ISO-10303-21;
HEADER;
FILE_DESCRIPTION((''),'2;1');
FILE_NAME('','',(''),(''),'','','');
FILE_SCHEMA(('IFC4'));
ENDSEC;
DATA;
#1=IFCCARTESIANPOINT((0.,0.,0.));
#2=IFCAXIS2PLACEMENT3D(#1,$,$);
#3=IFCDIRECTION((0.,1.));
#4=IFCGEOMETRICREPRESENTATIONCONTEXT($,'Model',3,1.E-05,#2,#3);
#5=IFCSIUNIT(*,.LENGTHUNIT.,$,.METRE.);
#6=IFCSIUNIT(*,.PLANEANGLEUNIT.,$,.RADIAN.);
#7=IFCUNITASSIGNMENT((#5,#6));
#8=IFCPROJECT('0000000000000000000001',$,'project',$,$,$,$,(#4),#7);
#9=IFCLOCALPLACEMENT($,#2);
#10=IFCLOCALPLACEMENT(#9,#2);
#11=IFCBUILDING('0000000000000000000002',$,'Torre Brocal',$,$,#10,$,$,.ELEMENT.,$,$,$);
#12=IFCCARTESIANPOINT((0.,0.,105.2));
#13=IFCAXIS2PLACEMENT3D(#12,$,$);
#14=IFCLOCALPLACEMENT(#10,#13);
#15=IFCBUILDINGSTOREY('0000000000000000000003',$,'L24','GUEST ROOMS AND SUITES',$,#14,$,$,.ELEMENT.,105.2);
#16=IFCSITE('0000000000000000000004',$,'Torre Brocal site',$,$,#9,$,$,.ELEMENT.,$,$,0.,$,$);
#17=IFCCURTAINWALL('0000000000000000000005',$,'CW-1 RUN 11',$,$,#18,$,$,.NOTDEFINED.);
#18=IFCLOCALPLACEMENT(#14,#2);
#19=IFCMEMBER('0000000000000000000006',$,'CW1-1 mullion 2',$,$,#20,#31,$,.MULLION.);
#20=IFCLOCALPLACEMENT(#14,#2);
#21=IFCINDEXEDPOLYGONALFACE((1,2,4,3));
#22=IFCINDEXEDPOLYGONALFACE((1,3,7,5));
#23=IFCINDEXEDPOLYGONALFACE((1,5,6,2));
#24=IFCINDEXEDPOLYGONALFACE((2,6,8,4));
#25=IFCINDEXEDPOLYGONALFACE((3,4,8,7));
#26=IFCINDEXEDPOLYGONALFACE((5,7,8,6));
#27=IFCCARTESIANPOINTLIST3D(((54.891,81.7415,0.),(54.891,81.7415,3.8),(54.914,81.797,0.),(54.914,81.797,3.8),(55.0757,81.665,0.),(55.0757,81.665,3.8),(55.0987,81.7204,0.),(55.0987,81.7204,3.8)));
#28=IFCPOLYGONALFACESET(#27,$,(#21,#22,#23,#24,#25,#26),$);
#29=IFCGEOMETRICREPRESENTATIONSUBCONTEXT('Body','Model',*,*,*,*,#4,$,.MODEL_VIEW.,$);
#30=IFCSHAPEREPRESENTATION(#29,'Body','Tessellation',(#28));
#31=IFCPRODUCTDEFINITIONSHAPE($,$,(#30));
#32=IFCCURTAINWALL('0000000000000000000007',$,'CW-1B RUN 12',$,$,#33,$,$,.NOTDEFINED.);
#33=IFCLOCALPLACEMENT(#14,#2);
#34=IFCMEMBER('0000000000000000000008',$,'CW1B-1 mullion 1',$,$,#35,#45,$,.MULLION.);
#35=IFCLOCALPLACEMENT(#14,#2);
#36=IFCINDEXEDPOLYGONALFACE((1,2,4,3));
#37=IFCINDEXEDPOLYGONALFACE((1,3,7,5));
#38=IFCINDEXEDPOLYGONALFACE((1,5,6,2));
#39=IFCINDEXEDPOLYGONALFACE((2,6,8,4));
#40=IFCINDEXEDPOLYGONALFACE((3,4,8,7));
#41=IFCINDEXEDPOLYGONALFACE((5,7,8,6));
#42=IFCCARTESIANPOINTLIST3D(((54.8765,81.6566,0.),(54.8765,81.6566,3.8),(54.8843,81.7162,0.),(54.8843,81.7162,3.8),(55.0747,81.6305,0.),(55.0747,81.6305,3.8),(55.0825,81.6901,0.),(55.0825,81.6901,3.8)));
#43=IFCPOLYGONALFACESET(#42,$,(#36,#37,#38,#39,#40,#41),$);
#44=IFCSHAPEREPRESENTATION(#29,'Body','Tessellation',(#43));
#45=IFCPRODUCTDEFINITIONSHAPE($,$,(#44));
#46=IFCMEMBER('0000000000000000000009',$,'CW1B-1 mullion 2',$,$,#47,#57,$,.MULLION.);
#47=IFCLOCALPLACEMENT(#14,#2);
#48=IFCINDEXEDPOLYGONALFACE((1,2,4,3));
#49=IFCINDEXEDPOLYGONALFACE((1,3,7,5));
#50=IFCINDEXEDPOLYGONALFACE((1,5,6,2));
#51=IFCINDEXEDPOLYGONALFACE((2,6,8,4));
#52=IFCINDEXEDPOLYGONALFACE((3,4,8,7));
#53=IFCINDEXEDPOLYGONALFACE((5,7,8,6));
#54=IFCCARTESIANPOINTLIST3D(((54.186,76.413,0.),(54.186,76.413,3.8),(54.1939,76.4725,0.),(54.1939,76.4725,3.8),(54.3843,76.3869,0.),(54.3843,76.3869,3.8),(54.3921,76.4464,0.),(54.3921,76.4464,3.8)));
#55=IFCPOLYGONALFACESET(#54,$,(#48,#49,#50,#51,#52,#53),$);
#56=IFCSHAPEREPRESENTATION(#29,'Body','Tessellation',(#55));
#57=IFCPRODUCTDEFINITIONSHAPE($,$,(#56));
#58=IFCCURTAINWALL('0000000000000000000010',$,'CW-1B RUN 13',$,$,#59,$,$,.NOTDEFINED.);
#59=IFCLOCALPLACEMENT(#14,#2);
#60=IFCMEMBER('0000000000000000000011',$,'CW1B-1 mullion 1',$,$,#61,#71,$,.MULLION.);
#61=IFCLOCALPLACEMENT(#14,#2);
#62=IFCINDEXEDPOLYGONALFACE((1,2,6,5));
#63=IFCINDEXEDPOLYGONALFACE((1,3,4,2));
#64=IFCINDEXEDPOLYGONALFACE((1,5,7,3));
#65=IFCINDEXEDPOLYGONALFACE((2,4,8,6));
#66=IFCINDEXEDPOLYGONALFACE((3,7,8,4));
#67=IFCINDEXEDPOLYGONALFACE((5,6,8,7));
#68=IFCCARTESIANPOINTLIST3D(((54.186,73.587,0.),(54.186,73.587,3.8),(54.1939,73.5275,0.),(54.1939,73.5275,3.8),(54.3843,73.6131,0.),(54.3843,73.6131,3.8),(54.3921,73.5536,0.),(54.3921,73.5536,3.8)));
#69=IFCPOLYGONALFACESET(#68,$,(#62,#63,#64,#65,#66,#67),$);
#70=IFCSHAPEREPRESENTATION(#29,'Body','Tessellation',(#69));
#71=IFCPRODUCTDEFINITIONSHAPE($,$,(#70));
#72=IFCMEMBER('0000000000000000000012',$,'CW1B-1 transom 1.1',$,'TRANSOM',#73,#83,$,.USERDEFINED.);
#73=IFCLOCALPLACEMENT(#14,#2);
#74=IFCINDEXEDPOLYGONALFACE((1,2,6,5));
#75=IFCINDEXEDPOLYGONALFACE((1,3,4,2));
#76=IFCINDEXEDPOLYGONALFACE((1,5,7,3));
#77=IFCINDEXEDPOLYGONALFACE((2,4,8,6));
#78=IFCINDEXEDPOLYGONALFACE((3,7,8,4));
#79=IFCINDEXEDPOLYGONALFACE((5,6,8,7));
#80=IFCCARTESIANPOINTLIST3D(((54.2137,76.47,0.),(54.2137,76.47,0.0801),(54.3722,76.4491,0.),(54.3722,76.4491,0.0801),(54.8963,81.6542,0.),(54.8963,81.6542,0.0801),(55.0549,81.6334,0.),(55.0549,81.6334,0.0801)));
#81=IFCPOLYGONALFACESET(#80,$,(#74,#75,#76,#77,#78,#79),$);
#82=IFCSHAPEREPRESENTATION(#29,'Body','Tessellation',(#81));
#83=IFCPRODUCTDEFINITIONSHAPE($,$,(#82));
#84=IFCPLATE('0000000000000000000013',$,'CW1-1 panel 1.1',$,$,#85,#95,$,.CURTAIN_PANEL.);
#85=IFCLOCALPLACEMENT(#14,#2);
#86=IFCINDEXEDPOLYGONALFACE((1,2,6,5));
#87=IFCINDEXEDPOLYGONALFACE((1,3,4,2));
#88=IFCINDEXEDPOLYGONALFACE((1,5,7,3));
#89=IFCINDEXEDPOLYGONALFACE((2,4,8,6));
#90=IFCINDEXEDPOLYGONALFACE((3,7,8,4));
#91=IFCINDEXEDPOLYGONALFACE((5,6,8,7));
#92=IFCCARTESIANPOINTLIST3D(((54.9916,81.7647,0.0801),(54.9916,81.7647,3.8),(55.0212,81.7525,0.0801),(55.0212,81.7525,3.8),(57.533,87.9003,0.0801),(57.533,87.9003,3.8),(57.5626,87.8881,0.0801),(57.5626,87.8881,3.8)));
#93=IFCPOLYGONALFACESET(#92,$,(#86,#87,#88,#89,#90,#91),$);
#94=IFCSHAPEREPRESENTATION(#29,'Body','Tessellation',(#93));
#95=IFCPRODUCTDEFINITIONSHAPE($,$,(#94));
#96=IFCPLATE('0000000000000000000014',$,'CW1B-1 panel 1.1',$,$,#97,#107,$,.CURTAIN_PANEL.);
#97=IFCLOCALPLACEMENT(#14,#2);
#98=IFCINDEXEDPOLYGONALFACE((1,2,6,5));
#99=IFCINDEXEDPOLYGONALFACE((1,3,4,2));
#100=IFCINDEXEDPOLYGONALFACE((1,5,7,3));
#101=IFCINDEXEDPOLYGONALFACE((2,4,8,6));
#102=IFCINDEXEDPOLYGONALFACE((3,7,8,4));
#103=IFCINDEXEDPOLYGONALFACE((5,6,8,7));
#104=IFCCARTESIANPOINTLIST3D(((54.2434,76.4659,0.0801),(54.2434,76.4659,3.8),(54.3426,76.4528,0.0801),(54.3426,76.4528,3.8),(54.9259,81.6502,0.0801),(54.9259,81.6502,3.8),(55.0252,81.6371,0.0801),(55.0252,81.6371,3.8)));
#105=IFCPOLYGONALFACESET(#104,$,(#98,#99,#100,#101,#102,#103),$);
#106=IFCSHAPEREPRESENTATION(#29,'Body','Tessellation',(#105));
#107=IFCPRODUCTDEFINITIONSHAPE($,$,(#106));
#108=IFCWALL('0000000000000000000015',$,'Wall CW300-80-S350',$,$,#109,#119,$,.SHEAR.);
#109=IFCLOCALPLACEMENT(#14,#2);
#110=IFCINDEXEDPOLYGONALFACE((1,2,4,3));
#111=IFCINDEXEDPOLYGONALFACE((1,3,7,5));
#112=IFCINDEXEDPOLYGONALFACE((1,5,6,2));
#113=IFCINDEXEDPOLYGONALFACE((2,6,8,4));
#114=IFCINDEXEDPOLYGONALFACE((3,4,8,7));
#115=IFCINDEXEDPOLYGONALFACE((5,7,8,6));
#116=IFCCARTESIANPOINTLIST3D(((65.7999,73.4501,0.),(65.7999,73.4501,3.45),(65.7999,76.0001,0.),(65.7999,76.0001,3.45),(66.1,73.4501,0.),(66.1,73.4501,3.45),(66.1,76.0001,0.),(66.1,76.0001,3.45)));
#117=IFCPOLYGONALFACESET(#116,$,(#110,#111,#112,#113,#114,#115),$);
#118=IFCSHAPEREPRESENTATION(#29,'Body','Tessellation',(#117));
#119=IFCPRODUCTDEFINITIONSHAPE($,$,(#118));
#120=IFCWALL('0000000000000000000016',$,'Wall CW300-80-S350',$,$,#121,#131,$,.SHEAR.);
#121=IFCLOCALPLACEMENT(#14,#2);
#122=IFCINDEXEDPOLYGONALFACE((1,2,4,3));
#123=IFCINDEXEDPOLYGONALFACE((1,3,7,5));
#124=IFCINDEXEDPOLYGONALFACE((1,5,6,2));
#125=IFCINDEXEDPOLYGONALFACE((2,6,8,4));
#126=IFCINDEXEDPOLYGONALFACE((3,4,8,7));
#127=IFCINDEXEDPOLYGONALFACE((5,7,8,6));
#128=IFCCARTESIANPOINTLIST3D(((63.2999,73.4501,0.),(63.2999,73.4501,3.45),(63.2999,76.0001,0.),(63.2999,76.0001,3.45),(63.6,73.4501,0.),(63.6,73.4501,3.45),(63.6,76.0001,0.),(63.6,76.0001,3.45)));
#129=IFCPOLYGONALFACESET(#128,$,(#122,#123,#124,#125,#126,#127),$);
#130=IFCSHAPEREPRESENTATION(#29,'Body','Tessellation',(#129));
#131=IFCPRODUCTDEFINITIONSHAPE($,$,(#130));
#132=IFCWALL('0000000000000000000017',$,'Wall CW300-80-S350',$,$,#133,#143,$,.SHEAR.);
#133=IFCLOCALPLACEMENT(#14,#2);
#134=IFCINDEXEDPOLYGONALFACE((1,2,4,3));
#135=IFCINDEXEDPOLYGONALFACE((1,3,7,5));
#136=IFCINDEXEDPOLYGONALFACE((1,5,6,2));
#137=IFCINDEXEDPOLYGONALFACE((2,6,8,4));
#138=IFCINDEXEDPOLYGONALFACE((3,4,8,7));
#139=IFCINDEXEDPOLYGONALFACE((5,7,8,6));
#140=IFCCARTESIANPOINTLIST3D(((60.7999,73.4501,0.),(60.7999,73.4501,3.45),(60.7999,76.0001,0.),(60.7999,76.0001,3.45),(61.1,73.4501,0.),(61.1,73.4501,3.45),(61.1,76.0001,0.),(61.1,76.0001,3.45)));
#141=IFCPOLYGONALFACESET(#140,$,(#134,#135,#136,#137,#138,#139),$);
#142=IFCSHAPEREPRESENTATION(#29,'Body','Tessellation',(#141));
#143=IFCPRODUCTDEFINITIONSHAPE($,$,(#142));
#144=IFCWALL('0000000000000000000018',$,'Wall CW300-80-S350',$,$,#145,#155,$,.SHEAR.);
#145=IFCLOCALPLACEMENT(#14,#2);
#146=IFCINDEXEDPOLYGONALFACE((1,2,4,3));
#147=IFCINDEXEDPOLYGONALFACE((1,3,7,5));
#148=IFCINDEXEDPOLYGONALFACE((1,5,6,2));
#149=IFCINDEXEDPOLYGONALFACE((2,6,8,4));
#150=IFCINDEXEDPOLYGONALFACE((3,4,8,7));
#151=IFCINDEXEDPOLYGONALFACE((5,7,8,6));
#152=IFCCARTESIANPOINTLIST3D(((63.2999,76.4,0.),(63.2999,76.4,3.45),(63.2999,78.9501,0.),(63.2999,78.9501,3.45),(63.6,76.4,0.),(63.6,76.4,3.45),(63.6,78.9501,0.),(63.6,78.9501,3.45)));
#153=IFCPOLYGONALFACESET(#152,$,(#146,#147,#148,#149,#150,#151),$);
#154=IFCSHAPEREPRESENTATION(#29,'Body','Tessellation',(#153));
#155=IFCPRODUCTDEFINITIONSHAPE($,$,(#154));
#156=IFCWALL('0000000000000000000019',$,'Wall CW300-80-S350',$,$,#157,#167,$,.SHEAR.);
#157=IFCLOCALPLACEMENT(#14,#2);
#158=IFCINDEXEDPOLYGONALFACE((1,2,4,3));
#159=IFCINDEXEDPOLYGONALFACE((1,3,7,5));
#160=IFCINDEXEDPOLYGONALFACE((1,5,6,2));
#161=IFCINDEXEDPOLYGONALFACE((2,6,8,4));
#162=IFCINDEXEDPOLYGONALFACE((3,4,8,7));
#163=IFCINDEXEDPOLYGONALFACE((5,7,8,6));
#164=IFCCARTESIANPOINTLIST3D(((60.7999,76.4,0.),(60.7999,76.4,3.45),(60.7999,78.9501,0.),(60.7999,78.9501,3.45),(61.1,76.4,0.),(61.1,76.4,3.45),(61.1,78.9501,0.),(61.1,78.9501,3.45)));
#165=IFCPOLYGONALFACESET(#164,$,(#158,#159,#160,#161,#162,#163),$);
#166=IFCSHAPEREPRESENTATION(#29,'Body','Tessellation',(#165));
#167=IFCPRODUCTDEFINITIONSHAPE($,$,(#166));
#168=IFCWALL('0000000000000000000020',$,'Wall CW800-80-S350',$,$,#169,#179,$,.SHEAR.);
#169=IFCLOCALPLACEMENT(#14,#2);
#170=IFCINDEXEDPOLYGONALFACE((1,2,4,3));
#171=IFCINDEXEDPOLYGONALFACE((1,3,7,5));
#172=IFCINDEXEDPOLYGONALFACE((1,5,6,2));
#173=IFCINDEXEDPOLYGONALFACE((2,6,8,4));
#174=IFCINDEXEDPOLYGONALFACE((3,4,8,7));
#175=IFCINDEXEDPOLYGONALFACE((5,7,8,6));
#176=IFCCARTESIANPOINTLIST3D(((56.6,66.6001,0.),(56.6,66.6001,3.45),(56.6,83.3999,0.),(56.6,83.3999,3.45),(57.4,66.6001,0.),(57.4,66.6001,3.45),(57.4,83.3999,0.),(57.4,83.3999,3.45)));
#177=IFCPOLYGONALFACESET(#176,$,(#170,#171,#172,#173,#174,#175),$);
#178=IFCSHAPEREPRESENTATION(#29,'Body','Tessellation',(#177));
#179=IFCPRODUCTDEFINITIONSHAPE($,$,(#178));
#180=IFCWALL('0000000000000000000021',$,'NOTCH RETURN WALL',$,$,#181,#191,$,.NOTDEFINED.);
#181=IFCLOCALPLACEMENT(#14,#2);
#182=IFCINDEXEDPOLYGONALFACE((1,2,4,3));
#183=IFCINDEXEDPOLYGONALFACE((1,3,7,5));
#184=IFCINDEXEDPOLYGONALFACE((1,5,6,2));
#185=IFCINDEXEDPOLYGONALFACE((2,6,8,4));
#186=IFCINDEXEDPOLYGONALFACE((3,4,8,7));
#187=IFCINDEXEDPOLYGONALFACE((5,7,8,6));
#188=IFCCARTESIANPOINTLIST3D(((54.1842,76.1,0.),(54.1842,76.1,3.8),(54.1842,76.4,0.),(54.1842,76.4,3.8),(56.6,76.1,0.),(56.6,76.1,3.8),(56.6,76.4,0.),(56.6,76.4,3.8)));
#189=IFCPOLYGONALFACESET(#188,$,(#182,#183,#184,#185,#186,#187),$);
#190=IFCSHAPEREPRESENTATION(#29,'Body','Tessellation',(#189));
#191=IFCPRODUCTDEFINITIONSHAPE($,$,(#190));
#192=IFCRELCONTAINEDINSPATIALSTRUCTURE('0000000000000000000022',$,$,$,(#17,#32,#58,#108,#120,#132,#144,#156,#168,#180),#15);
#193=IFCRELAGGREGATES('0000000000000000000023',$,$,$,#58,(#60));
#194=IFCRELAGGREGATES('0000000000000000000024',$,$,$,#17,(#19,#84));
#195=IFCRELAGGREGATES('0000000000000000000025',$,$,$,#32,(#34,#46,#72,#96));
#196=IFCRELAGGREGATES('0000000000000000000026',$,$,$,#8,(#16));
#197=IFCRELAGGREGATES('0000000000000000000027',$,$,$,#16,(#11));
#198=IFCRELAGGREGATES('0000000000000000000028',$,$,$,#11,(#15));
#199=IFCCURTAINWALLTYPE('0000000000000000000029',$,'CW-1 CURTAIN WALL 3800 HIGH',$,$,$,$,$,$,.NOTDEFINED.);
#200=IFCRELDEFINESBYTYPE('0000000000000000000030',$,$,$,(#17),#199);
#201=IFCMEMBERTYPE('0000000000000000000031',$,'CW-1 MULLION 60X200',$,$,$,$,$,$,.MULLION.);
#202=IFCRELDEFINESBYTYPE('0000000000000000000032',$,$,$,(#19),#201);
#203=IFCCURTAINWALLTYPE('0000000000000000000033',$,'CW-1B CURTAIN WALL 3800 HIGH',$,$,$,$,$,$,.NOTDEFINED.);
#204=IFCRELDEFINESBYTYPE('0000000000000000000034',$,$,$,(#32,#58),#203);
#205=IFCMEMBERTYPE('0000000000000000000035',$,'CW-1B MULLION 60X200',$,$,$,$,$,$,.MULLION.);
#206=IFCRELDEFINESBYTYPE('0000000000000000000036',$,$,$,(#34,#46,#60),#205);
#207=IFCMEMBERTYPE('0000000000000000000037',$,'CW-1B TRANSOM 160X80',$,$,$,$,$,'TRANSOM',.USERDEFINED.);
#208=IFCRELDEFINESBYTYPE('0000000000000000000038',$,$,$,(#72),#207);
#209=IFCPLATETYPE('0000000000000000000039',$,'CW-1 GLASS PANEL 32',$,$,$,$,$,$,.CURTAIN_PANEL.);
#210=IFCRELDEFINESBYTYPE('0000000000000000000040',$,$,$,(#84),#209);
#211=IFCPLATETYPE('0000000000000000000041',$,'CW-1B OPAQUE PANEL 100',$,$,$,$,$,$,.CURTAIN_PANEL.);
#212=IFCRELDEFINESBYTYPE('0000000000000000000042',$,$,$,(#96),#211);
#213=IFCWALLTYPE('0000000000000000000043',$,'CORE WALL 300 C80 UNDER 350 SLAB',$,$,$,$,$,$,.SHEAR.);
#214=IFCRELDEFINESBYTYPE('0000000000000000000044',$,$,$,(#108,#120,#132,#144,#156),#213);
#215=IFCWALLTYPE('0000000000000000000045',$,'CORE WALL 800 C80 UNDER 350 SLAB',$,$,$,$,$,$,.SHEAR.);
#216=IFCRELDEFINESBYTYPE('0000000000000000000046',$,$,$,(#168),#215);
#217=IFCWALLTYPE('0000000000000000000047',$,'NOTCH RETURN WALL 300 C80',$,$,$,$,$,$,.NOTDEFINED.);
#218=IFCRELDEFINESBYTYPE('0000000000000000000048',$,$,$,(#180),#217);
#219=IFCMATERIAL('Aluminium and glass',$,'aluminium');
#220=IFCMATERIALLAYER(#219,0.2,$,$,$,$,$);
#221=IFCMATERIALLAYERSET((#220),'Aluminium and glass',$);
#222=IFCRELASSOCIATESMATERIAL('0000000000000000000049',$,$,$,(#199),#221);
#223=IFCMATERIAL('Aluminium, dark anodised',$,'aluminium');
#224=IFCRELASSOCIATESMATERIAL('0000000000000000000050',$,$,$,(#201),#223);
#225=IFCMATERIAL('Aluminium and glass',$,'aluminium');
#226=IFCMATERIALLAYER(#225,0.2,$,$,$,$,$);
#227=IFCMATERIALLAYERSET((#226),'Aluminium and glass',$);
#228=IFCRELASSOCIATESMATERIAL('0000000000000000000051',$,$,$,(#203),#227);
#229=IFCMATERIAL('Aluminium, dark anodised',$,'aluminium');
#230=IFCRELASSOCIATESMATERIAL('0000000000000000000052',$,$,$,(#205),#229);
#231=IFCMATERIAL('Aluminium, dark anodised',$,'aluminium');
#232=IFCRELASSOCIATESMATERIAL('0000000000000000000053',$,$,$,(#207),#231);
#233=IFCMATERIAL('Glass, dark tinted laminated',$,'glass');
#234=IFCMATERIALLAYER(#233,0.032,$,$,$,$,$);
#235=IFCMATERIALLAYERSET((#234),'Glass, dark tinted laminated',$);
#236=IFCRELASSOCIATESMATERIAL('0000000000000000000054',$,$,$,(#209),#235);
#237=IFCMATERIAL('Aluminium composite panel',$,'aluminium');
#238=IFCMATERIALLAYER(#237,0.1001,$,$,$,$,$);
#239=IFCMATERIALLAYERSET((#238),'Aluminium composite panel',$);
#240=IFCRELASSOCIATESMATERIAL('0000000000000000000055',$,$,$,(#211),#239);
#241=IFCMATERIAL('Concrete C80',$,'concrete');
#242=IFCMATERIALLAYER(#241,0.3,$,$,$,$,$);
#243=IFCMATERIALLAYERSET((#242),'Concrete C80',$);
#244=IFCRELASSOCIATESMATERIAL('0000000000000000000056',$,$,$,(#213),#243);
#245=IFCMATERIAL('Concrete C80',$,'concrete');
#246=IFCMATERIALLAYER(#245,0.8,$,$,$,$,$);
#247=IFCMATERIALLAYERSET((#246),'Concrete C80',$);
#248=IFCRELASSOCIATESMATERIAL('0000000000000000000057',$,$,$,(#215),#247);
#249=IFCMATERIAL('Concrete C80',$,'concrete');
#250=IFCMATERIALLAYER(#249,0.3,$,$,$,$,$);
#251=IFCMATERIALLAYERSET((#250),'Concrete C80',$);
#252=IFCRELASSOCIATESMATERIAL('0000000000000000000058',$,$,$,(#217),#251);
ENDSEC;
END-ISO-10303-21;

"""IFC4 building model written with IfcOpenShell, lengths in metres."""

from ifc_helpers import new_model, si_unit, direction, frame, frame_2d, origin, origin_2d, place, context, subcontext, project, spatial, rectangle, extrude, material, layer, layer_set, material_profile, profile_set, type_object, element, aggregate, save


model = new_model("IFC4")

# Units and contexts
model_context = context("Model", 3, precision=1e-05, world=origin(), true_north=direction((0.0, 1.0)))
body_context = subcontext(model_context, "Body", "Model", "MODEL_VIEW")
ifc_project = project(units=[si_unit("LENGTHUNIT", "METRE"), si_unit("PLANEANGLEUNIT", "RADIAN")], contexts=[model_context])

# Site, building, storey
site_placement = place(None, origin())
site = spatial("IfcSite", under=ifc_project, at=site_placement, Name="Torre Brocal site", CompositionType="ELEMENT", RefElevation=0.0)
building_placement = place(site_placement, origin())
building = spatial("IfcBuilding", under=site, at=building_placement, Name="Torre Brocal", CompositionType="ELEMENT")
storey_placement = place(building_placement, frame((0.0, 0.0, 105.2)))
storey = spatial("IfcBuildingStorey", under=building, at=storey_placement, Name="L24", Description="GUEST ROOMS AND SUITES", CompositionType="ELEMENT", Elevation=105.2)

# Curtain wall, member
ifc_material_1 = material(Name="Aluminium and glass", Category="aluminium")
ifc_layer_1 = layer(ifc_material_1, 0.2)
ifc_layer_set_1 = layer_set([ifc_layer_1], Name="Aluminium and glass")
curtain_wall_type_1 = type_object("IfcCurtainWallType", Name="CW-1 CURTAIN WALL 3800 HIGH", PredefinedType="NOTDEFINED", material=ifc_layer_set_1)
curtain_wall_1_placement = place(storey_placement, origin())
curtain_wall_1 = element("IfcCurtainWall", 1, at=curtain_wall_1_placement, inside=storey, type_object=curtain_wall_type_1, Name="CW-1 RUN 11", PredefinedType="NOTDEFINED")
ifc_material_2 = material(Name="Aluminium, dark anodised", Category="aluminium")
ifc_material_profile_1 = material_profile(ifc_material_2, rectangle(XDim=0.2, YDim=0.0601, at=origin_2d()), Name="CW-1 MULLION 60X200")
ifc_profile_set_1 = profile_set([ifc_material_profile_1], Name="Aluminium, dark anodised")
member_type_1 = type_object("IfcMemberType", Name="CW-1 MULLION 60X200", PredefinedType="MULLION", material=ifc_profile_set_1)
member_1_placement = place(storey_placement, frame((54.9949, 81.731, 0.0), z_axis=(0.0, 0.0, 1.0), x_axis=(0.92388, -0.382683, 0.0)))
member_1 = element("IfcMember", 2, at=member_1_placement, type_object=member_type_1, Name="CW1-1 mullion 2", PredefinedType="MULLION", context=body_context, shape_type="SweptSolid", body=[
    extrude(rectangle(XDim=0.2, YDim=0.0601, at=origin_2d()), origin(), (0.0, 0.0, 1.0), 3.8),
])

# Curtain wall, members
ifc_material_3 = material(Name="Aluminium and glass", Category="aluminium")
ifc_layer_2 = layer(ifc_material_3, 0.2)
ifc_layer_set_2 = layer_set([ifc_layer_2], Name="Aluminium and glass")
curtain_wall_type_2 = type_object("IfcCurtainWallType", Name="CW-1B CURTAIN WALL 3800 HIGH", PredefinedType="NOTDEFINED", material=ifc_layer_set_2)
curtain_wall_2_placement = place(storey_placement, origin())
curtain_wall_2 = element("IfcCurtainWall", 3, at=curtain_wall_2_placement, inside=storey, type_object=curtain_wall_type_2, Name="CW-1B RUN 12", PredefinedType="NOTDEFINED")
ifc_material_4 = material(Name="Aluminium, dark anodised", Category="aluminium")
ifc_material_profile_2 = material_profile(ifc_material_4, rectangle(XDim=0.2, YDim=0.0601, at=origin_2d()), Name="CW-1B MULLION 60X200")
ifc_profile_set_2 = profile_set([ifc_material_profile_2], Name="Aluminium, dark anodised")
member_type_2 = type_object("IfcMemberType", Name="CW-1B MULLION 60X200", PredefinedType="MULLION", material=ifc_profile_set_2)
member_2_placement = place(storey_placement, frame((54.9795, 81.6733, 0.0), z_axis=(0.0, 0.0, 1.0), x_axis=(0.991445, -0.130526, 0.0)))
member_2 = element("IfcMember", 4, at=member_2_placement, type_object=member_type_2, Name="CW1B-1 mullion 1", PredefinedType="MULLION", context=body_context, shape_type="SweptSolid", body=[
    extrude(rectangle(XDim=0.2, YDim=0.0601, at=origin_2d()), origin(), (0.0, 0.0, 1.0), 3.8),
])
member_3_placement = place(storey_placement, frame((54.2891, 76.4297, 0.0), z_axis=(0.0, 0.0, 1.0), x_axis=(0.991445, -0.130526, 0.0)))
member_3 = element("IfcMember", 5, at=member_3_placement, type_object=member_type_2, Name="CW1B-1 mullion 2", PredefinedType="MULLION", context=body_context, shape_type="SweptSolid", body=[
    extrude(rectangle(XDim=0.2, YDim=0.0601, at=origin_2d()), origin(), (0.0, 0.0, 1.0), 3.8),
])

# Curtain wall, member
curtain_wall_3_placement = place(storey_placement, origin())
curtain_wall_3 = element("IfcCurtainWall", 6, at=curtain_wall_3_placement, inside=storey, type_object=curtain_wall_type_2, Name="CW-1B RUN 13", PredefinedType="NOTDEFINED")
member_4_placement = place(storey_placement, frame((54.2891, 73.5703, 0.0), z_axis=(0.0, 0.0, 1.0), x_axis=(0.991445, 0.130526, 0.0)))
member_4 = element("IfcMember", 7, at=member_4_placement, type_object=member_type_2, Name="CW1B-1 mullion 1", PredefinedType="MULLION", context=body_context, shape_type="SweptSolid", body=[
    extrude(rectangle(XDim=0.2, YDim=0.0601, at=origin_2d()), origin(), (0.0, 0.0, 1.0), 3.8),
])
aggregate(curtain_wall_3, [member_4])

# Member
ifc_material_5 = material(Name="Aluminium, dark anodised", Category="aluminium")
ifc_material_profile_3 = material_profile(ifc_material_5, rectangle(XDim=0.1599, YDim=0.0801, at=origin_2d()), Name="CW-1B TRANSOM 160X80")
ifc_profile_set_3 = profile_set([ifc_material_profile_3], Name="Aluminium, dark anodised")
member_type_3 = type_object("IfcMemberType", Name="CW-1B TRANSOM 160X80", ElementType="TRANSOM", PredefinedType="USERDEFINED", material=ifc_profile_set_3)
member_5_placement = place(storey_placement, frame((54.9756, 81.6438, 0.04), z_axis=(-0.130543, -0.991443, 0.0), x_axis=(0.991443, -0.130543, 0.0)))
member_5 = element("IfcMember", 8, at=member_5_placement, type_object=member_type_3, Name="CW1B-1 transom 1.1", ObjectType="TRANSOM", PredefinedType="USERDEFINED", context=body_context, shape_type="SweptSolid", body=[
    extrude(rectangle(XDim=0.1599, YDim=0.0801, at=origin_2d()), origin(), (0.0, 0.0, 1.0), 5.229),
])

# Plates
ifc_material_6 = material(Name="Glass, dark tinted laminated", Category="glass")
ifc_layer_3 = layer(ifc_material_6, 0.032)
ifc_layer_set_3 = layer_set([ifc_layer_3], Name="Glass, dark tinted laminated")
plate_type_1 = type_object("IfcPlateType", Name="CW-1 GLASS PANEL 32", PredefinedType="CURTAIN_PANEL", material=ifc_layer_set_3)
plate_1_placement = place(storey_placement, frame((56.2771, 84.8264, 0.0801), z_axis=(0.0, 0.0, 1.0), x_axis=(-0.382683, -0.92388, 0.0)))
plate_1 = element("IfcPlate", 9, at=plate_1_placement, type_object=plate_type_1, Name="CW1-1 panel 1.1", PredefinedType="CURTAIN_PANEL", context=body_context, shape_type="SweptSolid", body=[
    extrude(rectangle(XDim=6.6411, YDim=0.032, at=origin_2d()), origin(), (0.0, 0.0, 1.0), 3.72),
])
aggregate(curtain_wall_1, [member_1, plate_1])
ifc_material_7 = material(Name="Aluminium composite panel", Category="aluminium")
ifc_layer_4 = layer(ifc_material_7, 0.1001)
ifc_layer_set_4 = layer_set([ifc_layer_4], Name="Aluminium composite panel")
plate_type_2 = type_object("IfcPlateType", Name="CW-1B OPAQUE PANEL 100", PredefinedType="CURTAIN_PANEL", material=ifc_layer_set_4)
plate_2_placement = place(storey_placement, frame((54.6343, 79.0515, 0.0801), z_axis=(0.0, 0.0, 1.0), x_axis=(-0.130526, -0.991445, 0.0)))
plate_2 = element("IfcPlate", 10, at=plate_2_placement, type_object=plate_type_2, Name="CW1B-1 panel 1.1", PredefinedType="CURTAIN_PANEL", context=body_context, shape_type="SweptSolid", body=[
    extrude(rectangle(XDim=5.229, YDim=0.1001, at=origin_2d()), origin(), (0.0, 0.0, 1.0), 3.72),
])
aggregate(curtain_wall_2, [member_2, member_3, member_5, plate_2])

# Walls
ifc_material_8 = material(Name="Concrete C80", Category="concrete")
ifc_layer_5 = layer(ifc_material_8, 0.3)
ifc_layer_set_5 = layer_set([ifc_layer_5], Name="Concrete C80")
wall_type_1 = type_object("IfcWallType", Name="CORE WALL 300 C80 UNDER 350 SLAB", PredefinedType="SHEAR", material=ifc_layer_set_5)
for number, where, z_axis, x_axis, name in (
    (11, (65.95, 76.0, 0.0), (0.0, 0.0, 1.0), (0.0, -1.0, 0.0), "Wall CW300-80-S350"),
    (12, (63.45, 76.0, 0.0), (0.0, 0.0, 1.0), (0.0, -1.0, 0.0), "Wall CW300-80-S350"),
    (13, (60.95, 76.0, 0.0), (0.0, 0.0, 1.0), (0.0, -1.0, 0.0), "Wall CW300-80-S350"),
    (14, (63.45, 78.95, 0.0), (0.0, 0.0, 1.0), (0.0, -1.0, 0.0), "Wall CW300-80-S350"),
    (15, (60.95, 78.95, 0.0), (0.0, 0.0, 1.0), (0.0, -1.0, 0.0), "Wall CW300-80-S350"),
):
    element("IfcWall", number, at=place(storey_placement, frame(where, z_axis=z_axis, x_axis=x_axis)), inside=storey, type_object=wall_type_1, Name=name, PredefinedType="SHEAR", context=body_context, shape_type="SweptSolid", body=[
        extrude(rectangle(XDim=2.55, YDim=0.3, at=frame_2d((1.2749, 0.0))), origin(), (0.0, 0.0, 1.0), 3.45),
    ])
ifc_material_9 = material(Name="Concrete C80", Category="concrete")
ifc_layer_6 = layer(ifc_material_9, 0.8)
ifc_layer_set_6 = layer_set([ifc_layer_6], Name="Concrete C80")
wall_type_2 = type_object("IfcWallType", Name="CORE WALL 800 C80 UNDER 350 SLAB", PredefinedType="SHEAR", material=ifc_layer_set_6)
wall_1_placement = place(storey_placement, frame((57.0, 83.3999, 0.0), z_axis=(0.0, 0.0, 1.0), x_axis=(0.0, -1.0, 0.0)))
element("IfcWall", 16, at=wall_1_placement, inside=storey, type_object=wall_type_2, Name="Wall CW800-80-S350", PredefinedType="SHEAR", context=body_context, shape_type="SweptSolid", body=[
    extrude(rectangle(XDim=16.7998, YDim=0.8, at=frame_2d((8.3999, 0.0))), origin(), (0.0, 0.0, 1.0), 3.45),
])
ifc_material_10 = material(Name="Concrete C80", Category="concrete")
ifc_layer_7 = layer(ifc_material_10, 0.3)
ifc_layer_set_7 = layer_set([ifc_layer_7], Name="Concrete C80")
wall_type_3 = type_object("IfcWallType", Name="NOTCH RETURN WALL 300 C80", PredefinedType="NOTDEFINED", material=ifc_layer_set_7)
for number, where, z_axis, x_axis, name in (
    (17, (56.6001, 76.25, 0.0), (0.0, 0.0, 1.0), (-1.0, 0.0, 0.0), "NOTCH RETURN WALL"),
):
    element("IfcWall", number, at=place(storey_placement, frame(where, z_axis=z_axis, x_axis=x_axis)), inside=storey, type_object=wall_type_3, Name=name, PredefinedType="NOTDEFINED", context=body_context, shape_type="SweptSolid", body=[
        extrude(rectangle(XDim=2.4158, YDim=0.3, at=frame_2d((1.208, 0.0))), origin(), (0.0, 0.0, 1.0), 3.8),
    ])

save(model, "model.ifc")
